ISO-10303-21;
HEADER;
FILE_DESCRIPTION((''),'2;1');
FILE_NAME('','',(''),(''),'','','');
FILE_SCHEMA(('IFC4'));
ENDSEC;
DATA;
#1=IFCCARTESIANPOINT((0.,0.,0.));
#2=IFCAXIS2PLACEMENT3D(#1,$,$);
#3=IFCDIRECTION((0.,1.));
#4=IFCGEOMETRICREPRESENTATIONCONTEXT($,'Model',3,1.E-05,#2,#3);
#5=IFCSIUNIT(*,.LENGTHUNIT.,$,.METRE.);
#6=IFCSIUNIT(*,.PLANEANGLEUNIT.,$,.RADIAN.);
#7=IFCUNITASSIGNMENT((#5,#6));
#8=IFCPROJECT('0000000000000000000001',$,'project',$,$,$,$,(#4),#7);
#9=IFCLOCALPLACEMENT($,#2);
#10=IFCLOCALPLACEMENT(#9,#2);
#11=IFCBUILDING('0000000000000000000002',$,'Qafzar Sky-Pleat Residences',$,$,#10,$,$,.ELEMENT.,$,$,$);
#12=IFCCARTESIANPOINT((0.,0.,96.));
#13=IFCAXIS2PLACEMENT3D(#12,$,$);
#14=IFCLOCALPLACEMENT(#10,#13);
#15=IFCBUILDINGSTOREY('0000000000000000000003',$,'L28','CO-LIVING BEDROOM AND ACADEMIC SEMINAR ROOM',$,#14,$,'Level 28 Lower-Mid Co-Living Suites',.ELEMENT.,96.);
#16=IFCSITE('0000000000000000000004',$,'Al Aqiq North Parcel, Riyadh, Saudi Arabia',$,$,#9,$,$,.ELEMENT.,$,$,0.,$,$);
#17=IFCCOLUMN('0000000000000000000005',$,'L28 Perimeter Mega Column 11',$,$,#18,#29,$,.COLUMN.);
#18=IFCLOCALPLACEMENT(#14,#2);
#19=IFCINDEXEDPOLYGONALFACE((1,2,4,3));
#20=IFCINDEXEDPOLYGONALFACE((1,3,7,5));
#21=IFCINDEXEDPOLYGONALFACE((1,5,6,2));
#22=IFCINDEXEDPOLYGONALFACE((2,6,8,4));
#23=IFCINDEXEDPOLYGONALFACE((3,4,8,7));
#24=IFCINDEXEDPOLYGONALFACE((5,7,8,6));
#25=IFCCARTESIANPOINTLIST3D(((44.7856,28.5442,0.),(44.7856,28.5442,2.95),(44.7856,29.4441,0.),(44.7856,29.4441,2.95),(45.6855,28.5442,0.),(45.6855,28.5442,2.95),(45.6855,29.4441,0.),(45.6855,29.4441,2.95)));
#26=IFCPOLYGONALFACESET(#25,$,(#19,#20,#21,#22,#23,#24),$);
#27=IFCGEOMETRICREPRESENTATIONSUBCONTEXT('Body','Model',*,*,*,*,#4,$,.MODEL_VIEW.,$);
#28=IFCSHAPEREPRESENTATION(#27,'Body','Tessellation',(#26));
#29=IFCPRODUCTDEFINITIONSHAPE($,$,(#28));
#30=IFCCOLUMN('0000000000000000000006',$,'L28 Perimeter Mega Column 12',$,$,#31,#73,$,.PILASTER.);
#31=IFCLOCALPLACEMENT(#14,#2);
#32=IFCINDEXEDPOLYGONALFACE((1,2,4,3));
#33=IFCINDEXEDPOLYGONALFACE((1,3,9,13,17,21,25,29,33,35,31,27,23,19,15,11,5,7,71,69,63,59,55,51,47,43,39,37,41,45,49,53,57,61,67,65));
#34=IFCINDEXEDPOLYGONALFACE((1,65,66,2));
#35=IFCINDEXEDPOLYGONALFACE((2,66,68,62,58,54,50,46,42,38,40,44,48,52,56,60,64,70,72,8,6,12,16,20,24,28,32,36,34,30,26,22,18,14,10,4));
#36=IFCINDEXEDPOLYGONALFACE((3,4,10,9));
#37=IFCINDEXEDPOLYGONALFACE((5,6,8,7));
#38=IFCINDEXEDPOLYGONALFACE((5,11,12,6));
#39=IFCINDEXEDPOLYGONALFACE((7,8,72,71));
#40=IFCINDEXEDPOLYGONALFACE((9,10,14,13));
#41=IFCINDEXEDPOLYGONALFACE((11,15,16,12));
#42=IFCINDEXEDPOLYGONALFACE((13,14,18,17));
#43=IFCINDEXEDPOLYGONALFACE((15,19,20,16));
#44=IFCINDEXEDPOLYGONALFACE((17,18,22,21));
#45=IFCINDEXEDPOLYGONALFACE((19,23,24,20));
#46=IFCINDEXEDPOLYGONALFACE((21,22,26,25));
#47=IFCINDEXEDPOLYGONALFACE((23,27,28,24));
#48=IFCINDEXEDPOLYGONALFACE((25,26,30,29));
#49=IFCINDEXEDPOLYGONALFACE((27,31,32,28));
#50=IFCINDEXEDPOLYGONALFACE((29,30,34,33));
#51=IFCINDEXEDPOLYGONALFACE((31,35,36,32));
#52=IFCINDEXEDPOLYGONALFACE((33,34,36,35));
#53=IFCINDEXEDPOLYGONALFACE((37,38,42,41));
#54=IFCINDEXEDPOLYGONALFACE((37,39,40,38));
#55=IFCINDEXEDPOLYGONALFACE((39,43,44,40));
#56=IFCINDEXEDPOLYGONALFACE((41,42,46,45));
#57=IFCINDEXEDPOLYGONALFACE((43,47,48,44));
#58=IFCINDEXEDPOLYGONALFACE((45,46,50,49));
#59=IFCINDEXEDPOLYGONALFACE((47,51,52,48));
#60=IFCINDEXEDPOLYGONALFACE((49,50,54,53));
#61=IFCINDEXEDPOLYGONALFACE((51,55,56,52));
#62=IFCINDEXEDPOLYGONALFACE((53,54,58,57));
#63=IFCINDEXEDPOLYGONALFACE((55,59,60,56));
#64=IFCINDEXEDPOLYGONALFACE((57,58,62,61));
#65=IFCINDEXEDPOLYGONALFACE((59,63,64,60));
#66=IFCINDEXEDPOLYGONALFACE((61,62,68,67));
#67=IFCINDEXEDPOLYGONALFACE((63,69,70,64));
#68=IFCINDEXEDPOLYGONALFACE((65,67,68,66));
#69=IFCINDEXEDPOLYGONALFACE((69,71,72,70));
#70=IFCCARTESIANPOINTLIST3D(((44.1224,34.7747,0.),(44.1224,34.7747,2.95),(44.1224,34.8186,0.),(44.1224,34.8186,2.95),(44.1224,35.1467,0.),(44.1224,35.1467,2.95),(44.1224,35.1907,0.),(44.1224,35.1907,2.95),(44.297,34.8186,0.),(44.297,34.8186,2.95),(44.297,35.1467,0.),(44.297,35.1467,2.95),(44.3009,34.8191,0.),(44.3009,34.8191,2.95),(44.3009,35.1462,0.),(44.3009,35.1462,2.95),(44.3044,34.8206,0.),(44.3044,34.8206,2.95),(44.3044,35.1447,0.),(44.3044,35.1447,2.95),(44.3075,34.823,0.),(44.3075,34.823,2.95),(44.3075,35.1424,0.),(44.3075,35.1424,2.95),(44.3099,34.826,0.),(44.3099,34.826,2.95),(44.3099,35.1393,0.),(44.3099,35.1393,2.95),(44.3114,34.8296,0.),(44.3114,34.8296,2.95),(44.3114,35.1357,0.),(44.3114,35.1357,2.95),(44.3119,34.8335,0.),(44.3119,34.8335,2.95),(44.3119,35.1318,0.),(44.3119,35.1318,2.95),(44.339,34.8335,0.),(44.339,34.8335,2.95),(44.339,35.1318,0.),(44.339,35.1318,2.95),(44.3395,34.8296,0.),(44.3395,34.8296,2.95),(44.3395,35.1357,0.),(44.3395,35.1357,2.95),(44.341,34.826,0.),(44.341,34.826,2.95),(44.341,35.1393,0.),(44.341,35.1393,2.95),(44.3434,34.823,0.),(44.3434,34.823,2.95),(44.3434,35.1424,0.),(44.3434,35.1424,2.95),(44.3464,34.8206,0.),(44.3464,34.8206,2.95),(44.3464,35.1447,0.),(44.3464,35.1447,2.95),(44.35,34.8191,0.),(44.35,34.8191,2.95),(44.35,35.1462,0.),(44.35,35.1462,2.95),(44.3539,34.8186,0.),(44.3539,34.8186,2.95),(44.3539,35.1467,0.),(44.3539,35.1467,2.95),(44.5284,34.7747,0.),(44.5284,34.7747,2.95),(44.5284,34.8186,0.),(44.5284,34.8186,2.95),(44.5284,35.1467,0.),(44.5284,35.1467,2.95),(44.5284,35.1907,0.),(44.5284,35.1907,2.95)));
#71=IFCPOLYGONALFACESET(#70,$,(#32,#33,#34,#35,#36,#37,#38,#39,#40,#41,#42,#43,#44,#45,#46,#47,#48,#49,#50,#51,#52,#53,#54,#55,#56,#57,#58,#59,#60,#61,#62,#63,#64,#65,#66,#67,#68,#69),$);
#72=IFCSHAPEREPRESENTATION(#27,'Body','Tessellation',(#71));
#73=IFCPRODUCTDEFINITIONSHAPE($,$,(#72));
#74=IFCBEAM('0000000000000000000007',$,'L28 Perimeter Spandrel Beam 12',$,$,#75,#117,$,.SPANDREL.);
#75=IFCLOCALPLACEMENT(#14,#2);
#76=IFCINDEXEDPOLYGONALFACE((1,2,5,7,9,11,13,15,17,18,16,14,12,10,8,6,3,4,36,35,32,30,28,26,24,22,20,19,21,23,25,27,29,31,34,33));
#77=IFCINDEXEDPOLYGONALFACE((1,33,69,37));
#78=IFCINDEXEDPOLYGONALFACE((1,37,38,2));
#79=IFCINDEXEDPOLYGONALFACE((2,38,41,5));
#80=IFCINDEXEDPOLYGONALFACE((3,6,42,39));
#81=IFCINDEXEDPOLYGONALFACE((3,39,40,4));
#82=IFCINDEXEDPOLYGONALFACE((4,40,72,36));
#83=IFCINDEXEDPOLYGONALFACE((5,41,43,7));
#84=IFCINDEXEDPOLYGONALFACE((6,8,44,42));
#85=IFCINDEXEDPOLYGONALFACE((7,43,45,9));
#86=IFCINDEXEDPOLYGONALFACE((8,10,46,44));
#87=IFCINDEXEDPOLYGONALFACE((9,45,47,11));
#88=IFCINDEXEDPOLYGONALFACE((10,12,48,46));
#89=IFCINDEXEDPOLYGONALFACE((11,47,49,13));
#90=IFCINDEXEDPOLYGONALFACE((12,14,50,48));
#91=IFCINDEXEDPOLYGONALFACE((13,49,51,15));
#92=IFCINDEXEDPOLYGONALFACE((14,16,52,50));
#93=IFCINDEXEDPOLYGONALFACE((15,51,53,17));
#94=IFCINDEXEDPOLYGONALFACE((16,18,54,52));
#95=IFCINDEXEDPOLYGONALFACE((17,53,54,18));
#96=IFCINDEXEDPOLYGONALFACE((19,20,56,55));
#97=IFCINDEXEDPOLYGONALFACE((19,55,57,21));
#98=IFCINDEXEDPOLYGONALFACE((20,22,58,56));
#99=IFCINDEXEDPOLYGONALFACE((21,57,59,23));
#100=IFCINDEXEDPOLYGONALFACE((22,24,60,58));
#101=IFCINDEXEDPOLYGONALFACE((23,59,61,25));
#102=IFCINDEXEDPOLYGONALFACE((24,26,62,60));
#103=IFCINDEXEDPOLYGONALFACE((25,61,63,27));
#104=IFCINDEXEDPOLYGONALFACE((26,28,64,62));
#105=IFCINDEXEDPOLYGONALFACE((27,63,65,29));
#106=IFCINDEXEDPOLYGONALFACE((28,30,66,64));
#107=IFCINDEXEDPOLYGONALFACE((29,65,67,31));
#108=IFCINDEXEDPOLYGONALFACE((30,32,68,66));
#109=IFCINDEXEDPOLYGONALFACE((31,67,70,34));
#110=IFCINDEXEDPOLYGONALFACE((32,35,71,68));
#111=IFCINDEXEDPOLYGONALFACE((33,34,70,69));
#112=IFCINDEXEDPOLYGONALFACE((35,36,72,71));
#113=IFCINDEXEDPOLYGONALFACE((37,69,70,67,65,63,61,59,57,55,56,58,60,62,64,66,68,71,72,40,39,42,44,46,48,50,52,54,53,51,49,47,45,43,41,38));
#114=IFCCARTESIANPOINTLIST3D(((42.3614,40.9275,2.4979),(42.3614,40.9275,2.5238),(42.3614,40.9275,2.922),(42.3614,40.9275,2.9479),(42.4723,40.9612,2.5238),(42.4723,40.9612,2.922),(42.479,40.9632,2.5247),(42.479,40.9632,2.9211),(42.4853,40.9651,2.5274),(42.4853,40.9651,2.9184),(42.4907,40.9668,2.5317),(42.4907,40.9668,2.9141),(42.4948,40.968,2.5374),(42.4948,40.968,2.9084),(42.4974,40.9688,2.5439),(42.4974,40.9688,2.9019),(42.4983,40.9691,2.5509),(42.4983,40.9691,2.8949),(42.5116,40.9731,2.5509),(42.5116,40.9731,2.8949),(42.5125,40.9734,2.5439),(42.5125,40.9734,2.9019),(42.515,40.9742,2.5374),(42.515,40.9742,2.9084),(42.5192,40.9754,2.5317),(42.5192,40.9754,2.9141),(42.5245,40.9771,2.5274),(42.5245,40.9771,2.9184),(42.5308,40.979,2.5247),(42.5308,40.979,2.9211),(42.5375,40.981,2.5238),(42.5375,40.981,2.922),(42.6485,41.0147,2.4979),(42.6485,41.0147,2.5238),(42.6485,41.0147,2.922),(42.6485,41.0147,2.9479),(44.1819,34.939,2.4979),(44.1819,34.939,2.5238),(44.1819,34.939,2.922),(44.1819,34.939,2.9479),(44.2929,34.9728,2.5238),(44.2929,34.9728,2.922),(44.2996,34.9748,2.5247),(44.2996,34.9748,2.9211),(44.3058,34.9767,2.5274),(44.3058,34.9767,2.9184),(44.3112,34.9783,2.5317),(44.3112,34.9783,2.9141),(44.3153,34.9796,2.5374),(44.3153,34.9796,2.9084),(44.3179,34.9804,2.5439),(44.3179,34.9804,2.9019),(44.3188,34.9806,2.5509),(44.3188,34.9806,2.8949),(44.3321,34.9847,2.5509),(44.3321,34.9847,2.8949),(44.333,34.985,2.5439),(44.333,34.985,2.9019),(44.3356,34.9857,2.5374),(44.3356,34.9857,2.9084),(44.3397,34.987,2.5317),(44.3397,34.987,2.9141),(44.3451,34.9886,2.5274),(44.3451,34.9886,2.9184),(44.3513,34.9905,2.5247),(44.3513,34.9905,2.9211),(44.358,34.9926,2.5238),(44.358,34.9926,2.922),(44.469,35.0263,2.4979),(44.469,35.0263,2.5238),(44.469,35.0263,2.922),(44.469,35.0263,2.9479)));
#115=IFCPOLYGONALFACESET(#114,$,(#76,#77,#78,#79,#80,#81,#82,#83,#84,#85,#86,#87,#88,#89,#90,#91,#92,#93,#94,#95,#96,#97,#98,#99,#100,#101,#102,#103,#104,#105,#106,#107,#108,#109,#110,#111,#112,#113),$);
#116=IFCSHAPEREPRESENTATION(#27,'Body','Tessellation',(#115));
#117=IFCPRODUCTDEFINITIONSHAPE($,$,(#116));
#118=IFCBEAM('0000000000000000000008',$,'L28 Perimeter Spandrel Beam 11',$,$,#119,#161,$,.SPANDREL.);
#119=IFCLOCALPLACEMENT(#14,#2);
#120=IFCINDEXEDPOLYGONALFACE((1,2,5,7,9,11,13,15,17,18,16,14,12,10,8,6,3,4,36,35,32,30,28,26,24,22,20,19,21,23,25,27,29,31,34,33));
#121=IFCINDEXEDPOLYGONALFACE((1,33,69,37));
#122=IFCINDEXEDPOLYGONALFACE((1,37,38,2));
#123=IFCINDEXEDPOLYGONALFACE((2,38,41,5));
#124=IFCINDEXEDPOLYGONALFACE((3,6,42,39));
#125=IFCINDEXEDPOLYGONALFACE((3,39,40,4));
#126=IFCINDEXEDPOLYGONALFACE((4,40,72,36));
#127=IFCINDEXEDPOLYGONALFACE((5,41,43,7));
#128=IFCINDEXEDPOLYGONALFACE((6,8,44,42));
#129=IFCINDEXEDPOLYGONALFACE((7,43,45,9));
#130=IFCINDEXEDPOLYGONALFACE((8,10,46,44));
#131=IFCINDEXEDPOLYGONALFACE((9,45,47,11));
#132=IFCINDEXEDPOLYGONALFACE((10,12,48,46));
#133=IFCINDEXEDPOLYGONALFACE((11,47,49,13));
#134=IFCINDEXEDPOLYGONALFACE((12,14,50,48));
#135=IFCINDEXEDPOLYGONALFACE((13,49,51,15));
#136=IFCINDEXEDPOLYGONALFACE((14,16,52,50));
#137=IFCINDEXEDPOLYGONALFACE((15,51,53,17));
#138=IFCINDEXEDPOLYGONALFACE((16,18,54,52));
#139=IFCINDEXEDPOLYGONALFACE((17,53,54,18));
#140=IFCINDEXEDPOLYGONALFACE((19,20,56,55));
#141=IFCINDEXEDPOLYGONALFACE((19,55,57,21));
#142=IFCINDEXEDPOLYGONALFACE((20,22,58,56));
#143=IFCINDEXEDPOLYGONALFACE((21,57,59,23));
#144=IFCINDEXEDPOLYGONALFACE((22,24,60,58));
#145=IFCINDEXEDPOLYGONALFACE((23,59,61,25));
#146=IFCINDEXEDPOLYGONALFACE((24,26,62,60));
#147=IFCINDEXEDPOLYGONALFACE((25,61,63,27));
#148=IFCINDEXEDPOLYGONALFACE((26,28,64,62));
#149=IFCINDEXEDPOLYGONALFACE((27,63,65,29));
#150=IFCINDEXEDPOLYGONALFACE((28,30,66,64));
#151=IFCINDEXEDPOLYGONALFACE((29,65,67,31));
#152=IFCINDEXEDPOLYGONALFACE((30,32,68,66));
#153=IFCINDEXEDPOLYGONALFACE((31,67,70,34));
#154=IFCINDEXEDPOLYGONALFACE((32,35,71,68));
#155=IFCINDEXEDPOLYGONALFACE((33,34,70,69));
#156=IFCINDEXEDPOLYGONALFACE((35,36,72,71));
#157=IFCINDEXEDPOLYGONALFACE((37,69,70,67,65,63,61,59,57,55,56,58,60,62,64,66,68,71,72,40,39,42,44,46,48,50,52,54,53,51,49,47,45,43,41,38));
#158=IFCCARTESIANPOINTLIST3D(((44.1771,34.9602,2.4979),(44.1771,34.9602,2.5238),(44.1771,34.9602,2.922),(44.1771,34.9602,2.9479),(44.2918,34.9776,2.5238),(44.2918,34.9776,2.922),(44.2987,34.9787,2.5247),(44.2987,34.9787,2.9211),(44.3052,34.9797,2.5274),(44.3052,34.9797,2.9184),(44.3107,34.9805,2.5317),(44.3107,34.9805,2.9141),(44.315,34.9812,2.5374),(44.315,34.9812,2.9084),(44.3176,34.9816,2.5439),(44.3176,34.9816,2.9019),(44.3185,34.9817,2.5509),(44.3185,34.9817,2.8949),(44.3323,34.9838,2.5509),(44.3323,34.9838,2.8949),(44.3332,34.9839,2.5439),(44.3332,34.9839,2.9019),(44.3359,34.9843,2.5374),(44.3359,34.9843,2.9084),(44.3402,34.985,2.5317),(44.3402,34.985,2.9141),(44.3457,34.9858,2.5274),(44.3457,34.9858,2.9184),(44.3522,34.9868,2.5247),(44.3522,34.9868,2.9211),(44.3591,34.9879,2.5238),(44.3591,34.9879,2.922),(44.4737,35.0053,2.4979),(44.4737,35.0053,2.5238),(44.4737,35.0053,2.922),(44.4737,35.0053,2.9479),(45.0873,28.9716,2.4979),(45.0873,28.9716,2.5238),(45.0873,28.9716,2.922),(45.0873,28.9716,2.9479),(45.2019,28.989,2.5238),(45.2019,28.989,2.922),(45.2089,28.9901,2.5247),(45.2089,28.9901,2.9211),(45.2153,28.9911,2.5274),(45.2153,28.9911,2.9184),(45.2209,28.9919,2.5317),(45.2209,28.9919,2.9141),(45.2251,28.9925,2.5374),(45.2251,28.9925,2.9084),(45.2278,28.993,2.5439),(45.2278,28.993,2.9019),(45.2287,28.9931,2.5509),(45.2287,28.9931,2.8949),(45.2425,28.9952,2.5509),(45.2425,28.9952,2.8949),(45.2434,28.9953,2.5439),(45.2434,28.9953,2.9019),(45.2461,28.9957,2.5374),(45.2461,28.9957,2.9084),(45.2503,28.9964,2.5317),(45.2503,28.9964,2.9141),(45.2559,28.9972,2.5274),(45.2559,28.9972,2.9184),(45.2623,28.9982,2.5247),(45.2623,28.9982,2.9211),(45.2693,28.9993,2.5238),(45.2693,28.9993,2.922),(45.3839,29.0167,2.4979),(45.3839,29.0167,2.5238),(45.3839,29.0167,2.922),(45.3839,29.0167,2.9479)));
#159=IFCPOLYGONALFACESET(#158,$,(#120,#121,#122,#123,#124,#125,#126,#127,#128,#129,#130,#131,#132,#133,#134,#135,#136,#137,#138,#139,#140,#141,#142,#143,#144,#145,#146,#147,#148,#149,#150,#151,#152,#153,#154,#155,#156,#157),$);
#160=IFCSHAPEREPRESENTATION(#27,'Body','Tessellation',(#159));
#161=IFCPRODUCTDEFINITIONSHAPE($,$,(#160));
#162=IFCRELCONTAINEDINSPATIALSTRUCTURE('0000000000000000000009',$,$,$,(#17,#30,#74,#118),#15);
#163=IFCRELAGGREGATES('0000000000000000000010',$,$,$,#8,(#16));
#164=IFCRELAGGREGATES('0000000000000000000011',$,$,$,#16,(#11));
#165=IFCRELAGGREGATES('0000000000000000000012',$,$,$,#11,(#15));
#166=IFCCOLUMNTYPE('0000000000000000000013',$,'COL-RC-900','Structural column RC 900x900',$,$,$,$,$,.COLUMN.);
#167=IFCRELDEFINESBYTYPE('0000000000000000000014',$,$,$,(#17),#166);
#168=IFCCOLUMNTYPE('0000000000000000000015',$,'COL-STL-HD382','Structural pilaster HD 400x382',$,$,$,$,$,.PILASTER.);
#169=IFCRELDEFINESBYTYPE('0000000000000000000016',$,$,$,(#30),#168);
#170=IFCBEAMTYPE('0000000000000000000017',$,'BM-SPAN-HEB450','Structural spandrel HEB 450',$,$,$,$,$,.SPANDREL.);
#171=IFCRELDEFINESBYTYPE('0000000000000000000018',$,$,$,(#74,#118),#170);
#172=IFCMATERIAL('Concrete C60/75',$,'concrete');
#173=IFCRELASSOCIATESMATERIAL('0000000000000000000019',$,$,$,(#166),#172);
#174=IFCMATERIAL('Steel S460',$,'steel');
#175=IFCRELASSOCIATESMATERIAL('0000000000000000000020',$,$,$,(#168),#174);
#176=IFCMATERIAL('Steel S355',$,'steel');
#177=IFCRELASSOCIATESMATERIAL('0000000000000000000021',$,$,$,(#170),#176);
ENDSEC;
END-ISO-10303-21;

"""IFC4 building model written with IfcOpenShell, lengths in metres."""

from ifc_helpers import new_model, si_unit, direction, frame, origin, origin_2d, place, context, subcontext, project, spatial, rectangle, i_section, extrude, source, transform, mapped, material, material_profile, profile_set, type_object, element, save


model = new_model("IFC4")

# Units and contexts
model_context = context("Model", 3, precision=1e-05, world=origin(), true_north=direction((0.0, 1.0)))
body_context = subcontext(model_context, "Body", "Model", "MODEL_VIEW")
ifc_project = project(units=[si_unit("LENGTHUNIT", "METRE"), si_unit("PLANEANGLEUNIT", "RADIAN")], contexts=[model_context])

# Site, building, storey
site_placement = place(None, origin())
site = spatial("IfcSite", under=ifc_project, at=site_placement, Name="Al Aqiq North Parcel, Riyadh, Saudi Arabia", CompositionType="ELEMENT", RefElevation=0.0)
building_placement = place(site_placement, origin())
building = spatial("IfcBuilding", under=site, at=building_placement, Name="Qafzar Sky-Pleat Residences", CompositionType="ELEMENT")
storey_placement = place(building_placement, frame((0.0, 0.0, 96.0)))
storey = spatial("IfcBuildingStorey", under=building, at=storey_placement, Name="L28", Description="CO-LIVING BEDROOM AND ACADEMIC SEMINAR ROOM", LongName="Level 28 Lower-Mid Co-Living Suites", CompositionType="ELEMENT", Elevation=96.0)

# Columns
ifc_material_1 = material(Name="Concrete C60/75", Category="concrete")
ifc_material_profile_1 = material_profile(ifc_material_1, rectangle(XDim=0.8999, YDim=0.8999, at=origin_2d()), Name="RC 900x900")
ifc_profile_set_1 = profile_set([ifc_material_profile_1], Name="Concrete C60/75")
column_type_1 = type_object("IfcColumnType", Name="COL-RC-900", Description="Structural column RC 900x900", PredefinedType="COLUMN", material=ifc_profile_set_1)
shared_shape_1 = source(origin(), body_context, "Body", "SweptSolid", [
    extrude(rectangle(XDim=0.8999, YDim=0.8999, at=origin_2d()), origin(), (0.0, 0.0, 1.0), 2.95),
])
column_1_placement = place(storey_placement, frame((45.2356, 28.9941, 0.0), z_axis=(0.0, 0.0, 1.0), x_axis=(1.0, 0.0, 0.0)))
element("IfcColumn", 1, at=column_1_placement, inside=storey, type_object=column_type_1, Name="L28 Perimeter Mega Column 11", PredefinedType="COLUMN", context=body_context, shape_type="MappedRepresentation", body=[
    mapped(shared_shape_1, transform((0.0, 0.0, 0.0), x_axis=(1.0, 0.0, 0.0), y_axis=(0.0, 1.0, 0.0), z_axis=(0.0, 0.0, 1.0), scale=1.0)),
])
ifc_material_2 = material(Name="Steel S460", Category="steel")
ifc_material_profile_2 = material_profile(ifc_material_2, i_section(OverallWidth=0.406, OverallDepth=0.416, WebThickness=0.0271, FlangeThickness=0.0439, FilletRadius=0.0149, at=origin_2d()), Name="HD 400x382")
ifc_profile_set_2 = profile_set([ifc_material_profile_2], Name="Steel S460")
column_type_2 = type_object("IfcColumnType", Name="COL-STL-HD382", Description="Structural pilaster HD 400x382", PredefinedType="PILASTER", material=ifc_profile_set_2)
shared_shape_2 = source(origin(), body_context, "Body", "SweptSolid", [
    extrude(i_section(OverallWidth=0.406, OverallDepth=0.416, WebThickness=0.0271, FlangeThickness=0.0439, FilletRadius=0.0149, at=origin_2d()), origin(), (0.0, 0.0, 1.0), 2.95),
])
column_2_placement = place(storey_placement, frame((44.3254, 34.9827, 0.0), z_axis=(0.0, 0.0, 1.0), x_axis=(1.0, 0.0, 0.0)))
element("IfcColumn", 2, at=column_2_placement, inside=storey, type_object=column_type_2, Name="L28 Perimeter Mega Column 12", PredefinedType="PILASTER", context=body_context, shape_type="MappedRepresentation", body=[
    mapped(shared_shape_2, transform((0.0, 0.0, 0.0), x_axis=(1.0, 0.0, 0.0), y_axis=(0.0, 1.0, 0.0), z_axis=(0.0, 0.0, 1.0), scale=1.0)),
])

# Beams
ifc_material_3 = material(Name="Steel S355", Category="steel")
ifc_material_profile_3 = material_profile(ifc_material_3, i_section(OverallWidth=0.3, OverallDepth=0.45, WebThickness=0.0139, FlangeThickness=0.0259, FilletRadius=0.0271, at=origin_2d()), Name="HEB 450")
ifc_profile_set_3 = profile_set([ifc_material_profile_3], Name="Steel S355")
beam_type_1 = type_object("IfcBeamType", Name="BM-SPAN-HEB450", Description="Structural spandrel HEB 450", PredefinedType="SPANDREL", material=ifc_profile_set_3)
shared_shape_3 = source(origin(), body_context, "Body", "SweptSolid", [
    extrude(i_section(OverallWidth=0.3, OverallDepth=0.45, WebThickness=0.0139, FlangeThickness=0.0259, FilletRadius=0.0271, at=origin_2d()), origin(), (0.0, 0.0, 1.0), 6.259),
])
beam_1_placement = place(storey_placement, frame((44.3254, 34.9827, 2.7229), z_axis=(-0.290864, 0.956765, 0.0), x_axis=(-0.956765, -0.290864, 0.0)))
element("IfcBeam", 3, at=beam_1_placement, inside=storey, type_object=beam_type_1, Name="L28 Perimeter Spandrel Beam 12", PredefinedType="SPANDREL", context=body_context, shape_type="MappedRepresentation", body=[
    mapped(shared_shape_3, transform((0.0, 0.0, 0.0), x_axis=(1.0, 0.0, 0.0), y_axis=(0.0, 1.0, 0.0), z_axis=(0.0, 0.0, 1.0), scale=1.0)),
])
shared_shape_4 = source(origin(), body_context, "Body", "SweptSolid", [
    extrude(i_section(OverallWidth=0.3, OverallDepth=0.45, WebThickness=0.0139, FlangeThickness=0.0259, FilletRadius=0.0271, at=origin_2d()), origin(), (0.0, 0.0, 1.0), 6.0574),
])
beam_2_placement = place(storey_placement, frame((45.2356, 28.9941, 2.7229), z_axis=(-0.150258, 0.988647, 0.0), x_axis=(-0.988647, -0.150258, 0.0)))
element("IfcBeam", 4, at=beam_2_placement, inside=storey, type_object=beam_type_1, Name="L28 Perimeter Spandrel Beam 11", PredefinedType="SPANDREL", context=body_context, shape_type="MappedRepresentation", body=[
    mapped(shared_shape_4, transform((0.0, 0.0, 0.0), x_axis=(1.0, 0.0, 0.0), y_axis=(0.0, 1.0, 0.0), z_axis=(0.0, 0.0, 1.0), scale=1.0)),
])

save(model, "model.ifc")
